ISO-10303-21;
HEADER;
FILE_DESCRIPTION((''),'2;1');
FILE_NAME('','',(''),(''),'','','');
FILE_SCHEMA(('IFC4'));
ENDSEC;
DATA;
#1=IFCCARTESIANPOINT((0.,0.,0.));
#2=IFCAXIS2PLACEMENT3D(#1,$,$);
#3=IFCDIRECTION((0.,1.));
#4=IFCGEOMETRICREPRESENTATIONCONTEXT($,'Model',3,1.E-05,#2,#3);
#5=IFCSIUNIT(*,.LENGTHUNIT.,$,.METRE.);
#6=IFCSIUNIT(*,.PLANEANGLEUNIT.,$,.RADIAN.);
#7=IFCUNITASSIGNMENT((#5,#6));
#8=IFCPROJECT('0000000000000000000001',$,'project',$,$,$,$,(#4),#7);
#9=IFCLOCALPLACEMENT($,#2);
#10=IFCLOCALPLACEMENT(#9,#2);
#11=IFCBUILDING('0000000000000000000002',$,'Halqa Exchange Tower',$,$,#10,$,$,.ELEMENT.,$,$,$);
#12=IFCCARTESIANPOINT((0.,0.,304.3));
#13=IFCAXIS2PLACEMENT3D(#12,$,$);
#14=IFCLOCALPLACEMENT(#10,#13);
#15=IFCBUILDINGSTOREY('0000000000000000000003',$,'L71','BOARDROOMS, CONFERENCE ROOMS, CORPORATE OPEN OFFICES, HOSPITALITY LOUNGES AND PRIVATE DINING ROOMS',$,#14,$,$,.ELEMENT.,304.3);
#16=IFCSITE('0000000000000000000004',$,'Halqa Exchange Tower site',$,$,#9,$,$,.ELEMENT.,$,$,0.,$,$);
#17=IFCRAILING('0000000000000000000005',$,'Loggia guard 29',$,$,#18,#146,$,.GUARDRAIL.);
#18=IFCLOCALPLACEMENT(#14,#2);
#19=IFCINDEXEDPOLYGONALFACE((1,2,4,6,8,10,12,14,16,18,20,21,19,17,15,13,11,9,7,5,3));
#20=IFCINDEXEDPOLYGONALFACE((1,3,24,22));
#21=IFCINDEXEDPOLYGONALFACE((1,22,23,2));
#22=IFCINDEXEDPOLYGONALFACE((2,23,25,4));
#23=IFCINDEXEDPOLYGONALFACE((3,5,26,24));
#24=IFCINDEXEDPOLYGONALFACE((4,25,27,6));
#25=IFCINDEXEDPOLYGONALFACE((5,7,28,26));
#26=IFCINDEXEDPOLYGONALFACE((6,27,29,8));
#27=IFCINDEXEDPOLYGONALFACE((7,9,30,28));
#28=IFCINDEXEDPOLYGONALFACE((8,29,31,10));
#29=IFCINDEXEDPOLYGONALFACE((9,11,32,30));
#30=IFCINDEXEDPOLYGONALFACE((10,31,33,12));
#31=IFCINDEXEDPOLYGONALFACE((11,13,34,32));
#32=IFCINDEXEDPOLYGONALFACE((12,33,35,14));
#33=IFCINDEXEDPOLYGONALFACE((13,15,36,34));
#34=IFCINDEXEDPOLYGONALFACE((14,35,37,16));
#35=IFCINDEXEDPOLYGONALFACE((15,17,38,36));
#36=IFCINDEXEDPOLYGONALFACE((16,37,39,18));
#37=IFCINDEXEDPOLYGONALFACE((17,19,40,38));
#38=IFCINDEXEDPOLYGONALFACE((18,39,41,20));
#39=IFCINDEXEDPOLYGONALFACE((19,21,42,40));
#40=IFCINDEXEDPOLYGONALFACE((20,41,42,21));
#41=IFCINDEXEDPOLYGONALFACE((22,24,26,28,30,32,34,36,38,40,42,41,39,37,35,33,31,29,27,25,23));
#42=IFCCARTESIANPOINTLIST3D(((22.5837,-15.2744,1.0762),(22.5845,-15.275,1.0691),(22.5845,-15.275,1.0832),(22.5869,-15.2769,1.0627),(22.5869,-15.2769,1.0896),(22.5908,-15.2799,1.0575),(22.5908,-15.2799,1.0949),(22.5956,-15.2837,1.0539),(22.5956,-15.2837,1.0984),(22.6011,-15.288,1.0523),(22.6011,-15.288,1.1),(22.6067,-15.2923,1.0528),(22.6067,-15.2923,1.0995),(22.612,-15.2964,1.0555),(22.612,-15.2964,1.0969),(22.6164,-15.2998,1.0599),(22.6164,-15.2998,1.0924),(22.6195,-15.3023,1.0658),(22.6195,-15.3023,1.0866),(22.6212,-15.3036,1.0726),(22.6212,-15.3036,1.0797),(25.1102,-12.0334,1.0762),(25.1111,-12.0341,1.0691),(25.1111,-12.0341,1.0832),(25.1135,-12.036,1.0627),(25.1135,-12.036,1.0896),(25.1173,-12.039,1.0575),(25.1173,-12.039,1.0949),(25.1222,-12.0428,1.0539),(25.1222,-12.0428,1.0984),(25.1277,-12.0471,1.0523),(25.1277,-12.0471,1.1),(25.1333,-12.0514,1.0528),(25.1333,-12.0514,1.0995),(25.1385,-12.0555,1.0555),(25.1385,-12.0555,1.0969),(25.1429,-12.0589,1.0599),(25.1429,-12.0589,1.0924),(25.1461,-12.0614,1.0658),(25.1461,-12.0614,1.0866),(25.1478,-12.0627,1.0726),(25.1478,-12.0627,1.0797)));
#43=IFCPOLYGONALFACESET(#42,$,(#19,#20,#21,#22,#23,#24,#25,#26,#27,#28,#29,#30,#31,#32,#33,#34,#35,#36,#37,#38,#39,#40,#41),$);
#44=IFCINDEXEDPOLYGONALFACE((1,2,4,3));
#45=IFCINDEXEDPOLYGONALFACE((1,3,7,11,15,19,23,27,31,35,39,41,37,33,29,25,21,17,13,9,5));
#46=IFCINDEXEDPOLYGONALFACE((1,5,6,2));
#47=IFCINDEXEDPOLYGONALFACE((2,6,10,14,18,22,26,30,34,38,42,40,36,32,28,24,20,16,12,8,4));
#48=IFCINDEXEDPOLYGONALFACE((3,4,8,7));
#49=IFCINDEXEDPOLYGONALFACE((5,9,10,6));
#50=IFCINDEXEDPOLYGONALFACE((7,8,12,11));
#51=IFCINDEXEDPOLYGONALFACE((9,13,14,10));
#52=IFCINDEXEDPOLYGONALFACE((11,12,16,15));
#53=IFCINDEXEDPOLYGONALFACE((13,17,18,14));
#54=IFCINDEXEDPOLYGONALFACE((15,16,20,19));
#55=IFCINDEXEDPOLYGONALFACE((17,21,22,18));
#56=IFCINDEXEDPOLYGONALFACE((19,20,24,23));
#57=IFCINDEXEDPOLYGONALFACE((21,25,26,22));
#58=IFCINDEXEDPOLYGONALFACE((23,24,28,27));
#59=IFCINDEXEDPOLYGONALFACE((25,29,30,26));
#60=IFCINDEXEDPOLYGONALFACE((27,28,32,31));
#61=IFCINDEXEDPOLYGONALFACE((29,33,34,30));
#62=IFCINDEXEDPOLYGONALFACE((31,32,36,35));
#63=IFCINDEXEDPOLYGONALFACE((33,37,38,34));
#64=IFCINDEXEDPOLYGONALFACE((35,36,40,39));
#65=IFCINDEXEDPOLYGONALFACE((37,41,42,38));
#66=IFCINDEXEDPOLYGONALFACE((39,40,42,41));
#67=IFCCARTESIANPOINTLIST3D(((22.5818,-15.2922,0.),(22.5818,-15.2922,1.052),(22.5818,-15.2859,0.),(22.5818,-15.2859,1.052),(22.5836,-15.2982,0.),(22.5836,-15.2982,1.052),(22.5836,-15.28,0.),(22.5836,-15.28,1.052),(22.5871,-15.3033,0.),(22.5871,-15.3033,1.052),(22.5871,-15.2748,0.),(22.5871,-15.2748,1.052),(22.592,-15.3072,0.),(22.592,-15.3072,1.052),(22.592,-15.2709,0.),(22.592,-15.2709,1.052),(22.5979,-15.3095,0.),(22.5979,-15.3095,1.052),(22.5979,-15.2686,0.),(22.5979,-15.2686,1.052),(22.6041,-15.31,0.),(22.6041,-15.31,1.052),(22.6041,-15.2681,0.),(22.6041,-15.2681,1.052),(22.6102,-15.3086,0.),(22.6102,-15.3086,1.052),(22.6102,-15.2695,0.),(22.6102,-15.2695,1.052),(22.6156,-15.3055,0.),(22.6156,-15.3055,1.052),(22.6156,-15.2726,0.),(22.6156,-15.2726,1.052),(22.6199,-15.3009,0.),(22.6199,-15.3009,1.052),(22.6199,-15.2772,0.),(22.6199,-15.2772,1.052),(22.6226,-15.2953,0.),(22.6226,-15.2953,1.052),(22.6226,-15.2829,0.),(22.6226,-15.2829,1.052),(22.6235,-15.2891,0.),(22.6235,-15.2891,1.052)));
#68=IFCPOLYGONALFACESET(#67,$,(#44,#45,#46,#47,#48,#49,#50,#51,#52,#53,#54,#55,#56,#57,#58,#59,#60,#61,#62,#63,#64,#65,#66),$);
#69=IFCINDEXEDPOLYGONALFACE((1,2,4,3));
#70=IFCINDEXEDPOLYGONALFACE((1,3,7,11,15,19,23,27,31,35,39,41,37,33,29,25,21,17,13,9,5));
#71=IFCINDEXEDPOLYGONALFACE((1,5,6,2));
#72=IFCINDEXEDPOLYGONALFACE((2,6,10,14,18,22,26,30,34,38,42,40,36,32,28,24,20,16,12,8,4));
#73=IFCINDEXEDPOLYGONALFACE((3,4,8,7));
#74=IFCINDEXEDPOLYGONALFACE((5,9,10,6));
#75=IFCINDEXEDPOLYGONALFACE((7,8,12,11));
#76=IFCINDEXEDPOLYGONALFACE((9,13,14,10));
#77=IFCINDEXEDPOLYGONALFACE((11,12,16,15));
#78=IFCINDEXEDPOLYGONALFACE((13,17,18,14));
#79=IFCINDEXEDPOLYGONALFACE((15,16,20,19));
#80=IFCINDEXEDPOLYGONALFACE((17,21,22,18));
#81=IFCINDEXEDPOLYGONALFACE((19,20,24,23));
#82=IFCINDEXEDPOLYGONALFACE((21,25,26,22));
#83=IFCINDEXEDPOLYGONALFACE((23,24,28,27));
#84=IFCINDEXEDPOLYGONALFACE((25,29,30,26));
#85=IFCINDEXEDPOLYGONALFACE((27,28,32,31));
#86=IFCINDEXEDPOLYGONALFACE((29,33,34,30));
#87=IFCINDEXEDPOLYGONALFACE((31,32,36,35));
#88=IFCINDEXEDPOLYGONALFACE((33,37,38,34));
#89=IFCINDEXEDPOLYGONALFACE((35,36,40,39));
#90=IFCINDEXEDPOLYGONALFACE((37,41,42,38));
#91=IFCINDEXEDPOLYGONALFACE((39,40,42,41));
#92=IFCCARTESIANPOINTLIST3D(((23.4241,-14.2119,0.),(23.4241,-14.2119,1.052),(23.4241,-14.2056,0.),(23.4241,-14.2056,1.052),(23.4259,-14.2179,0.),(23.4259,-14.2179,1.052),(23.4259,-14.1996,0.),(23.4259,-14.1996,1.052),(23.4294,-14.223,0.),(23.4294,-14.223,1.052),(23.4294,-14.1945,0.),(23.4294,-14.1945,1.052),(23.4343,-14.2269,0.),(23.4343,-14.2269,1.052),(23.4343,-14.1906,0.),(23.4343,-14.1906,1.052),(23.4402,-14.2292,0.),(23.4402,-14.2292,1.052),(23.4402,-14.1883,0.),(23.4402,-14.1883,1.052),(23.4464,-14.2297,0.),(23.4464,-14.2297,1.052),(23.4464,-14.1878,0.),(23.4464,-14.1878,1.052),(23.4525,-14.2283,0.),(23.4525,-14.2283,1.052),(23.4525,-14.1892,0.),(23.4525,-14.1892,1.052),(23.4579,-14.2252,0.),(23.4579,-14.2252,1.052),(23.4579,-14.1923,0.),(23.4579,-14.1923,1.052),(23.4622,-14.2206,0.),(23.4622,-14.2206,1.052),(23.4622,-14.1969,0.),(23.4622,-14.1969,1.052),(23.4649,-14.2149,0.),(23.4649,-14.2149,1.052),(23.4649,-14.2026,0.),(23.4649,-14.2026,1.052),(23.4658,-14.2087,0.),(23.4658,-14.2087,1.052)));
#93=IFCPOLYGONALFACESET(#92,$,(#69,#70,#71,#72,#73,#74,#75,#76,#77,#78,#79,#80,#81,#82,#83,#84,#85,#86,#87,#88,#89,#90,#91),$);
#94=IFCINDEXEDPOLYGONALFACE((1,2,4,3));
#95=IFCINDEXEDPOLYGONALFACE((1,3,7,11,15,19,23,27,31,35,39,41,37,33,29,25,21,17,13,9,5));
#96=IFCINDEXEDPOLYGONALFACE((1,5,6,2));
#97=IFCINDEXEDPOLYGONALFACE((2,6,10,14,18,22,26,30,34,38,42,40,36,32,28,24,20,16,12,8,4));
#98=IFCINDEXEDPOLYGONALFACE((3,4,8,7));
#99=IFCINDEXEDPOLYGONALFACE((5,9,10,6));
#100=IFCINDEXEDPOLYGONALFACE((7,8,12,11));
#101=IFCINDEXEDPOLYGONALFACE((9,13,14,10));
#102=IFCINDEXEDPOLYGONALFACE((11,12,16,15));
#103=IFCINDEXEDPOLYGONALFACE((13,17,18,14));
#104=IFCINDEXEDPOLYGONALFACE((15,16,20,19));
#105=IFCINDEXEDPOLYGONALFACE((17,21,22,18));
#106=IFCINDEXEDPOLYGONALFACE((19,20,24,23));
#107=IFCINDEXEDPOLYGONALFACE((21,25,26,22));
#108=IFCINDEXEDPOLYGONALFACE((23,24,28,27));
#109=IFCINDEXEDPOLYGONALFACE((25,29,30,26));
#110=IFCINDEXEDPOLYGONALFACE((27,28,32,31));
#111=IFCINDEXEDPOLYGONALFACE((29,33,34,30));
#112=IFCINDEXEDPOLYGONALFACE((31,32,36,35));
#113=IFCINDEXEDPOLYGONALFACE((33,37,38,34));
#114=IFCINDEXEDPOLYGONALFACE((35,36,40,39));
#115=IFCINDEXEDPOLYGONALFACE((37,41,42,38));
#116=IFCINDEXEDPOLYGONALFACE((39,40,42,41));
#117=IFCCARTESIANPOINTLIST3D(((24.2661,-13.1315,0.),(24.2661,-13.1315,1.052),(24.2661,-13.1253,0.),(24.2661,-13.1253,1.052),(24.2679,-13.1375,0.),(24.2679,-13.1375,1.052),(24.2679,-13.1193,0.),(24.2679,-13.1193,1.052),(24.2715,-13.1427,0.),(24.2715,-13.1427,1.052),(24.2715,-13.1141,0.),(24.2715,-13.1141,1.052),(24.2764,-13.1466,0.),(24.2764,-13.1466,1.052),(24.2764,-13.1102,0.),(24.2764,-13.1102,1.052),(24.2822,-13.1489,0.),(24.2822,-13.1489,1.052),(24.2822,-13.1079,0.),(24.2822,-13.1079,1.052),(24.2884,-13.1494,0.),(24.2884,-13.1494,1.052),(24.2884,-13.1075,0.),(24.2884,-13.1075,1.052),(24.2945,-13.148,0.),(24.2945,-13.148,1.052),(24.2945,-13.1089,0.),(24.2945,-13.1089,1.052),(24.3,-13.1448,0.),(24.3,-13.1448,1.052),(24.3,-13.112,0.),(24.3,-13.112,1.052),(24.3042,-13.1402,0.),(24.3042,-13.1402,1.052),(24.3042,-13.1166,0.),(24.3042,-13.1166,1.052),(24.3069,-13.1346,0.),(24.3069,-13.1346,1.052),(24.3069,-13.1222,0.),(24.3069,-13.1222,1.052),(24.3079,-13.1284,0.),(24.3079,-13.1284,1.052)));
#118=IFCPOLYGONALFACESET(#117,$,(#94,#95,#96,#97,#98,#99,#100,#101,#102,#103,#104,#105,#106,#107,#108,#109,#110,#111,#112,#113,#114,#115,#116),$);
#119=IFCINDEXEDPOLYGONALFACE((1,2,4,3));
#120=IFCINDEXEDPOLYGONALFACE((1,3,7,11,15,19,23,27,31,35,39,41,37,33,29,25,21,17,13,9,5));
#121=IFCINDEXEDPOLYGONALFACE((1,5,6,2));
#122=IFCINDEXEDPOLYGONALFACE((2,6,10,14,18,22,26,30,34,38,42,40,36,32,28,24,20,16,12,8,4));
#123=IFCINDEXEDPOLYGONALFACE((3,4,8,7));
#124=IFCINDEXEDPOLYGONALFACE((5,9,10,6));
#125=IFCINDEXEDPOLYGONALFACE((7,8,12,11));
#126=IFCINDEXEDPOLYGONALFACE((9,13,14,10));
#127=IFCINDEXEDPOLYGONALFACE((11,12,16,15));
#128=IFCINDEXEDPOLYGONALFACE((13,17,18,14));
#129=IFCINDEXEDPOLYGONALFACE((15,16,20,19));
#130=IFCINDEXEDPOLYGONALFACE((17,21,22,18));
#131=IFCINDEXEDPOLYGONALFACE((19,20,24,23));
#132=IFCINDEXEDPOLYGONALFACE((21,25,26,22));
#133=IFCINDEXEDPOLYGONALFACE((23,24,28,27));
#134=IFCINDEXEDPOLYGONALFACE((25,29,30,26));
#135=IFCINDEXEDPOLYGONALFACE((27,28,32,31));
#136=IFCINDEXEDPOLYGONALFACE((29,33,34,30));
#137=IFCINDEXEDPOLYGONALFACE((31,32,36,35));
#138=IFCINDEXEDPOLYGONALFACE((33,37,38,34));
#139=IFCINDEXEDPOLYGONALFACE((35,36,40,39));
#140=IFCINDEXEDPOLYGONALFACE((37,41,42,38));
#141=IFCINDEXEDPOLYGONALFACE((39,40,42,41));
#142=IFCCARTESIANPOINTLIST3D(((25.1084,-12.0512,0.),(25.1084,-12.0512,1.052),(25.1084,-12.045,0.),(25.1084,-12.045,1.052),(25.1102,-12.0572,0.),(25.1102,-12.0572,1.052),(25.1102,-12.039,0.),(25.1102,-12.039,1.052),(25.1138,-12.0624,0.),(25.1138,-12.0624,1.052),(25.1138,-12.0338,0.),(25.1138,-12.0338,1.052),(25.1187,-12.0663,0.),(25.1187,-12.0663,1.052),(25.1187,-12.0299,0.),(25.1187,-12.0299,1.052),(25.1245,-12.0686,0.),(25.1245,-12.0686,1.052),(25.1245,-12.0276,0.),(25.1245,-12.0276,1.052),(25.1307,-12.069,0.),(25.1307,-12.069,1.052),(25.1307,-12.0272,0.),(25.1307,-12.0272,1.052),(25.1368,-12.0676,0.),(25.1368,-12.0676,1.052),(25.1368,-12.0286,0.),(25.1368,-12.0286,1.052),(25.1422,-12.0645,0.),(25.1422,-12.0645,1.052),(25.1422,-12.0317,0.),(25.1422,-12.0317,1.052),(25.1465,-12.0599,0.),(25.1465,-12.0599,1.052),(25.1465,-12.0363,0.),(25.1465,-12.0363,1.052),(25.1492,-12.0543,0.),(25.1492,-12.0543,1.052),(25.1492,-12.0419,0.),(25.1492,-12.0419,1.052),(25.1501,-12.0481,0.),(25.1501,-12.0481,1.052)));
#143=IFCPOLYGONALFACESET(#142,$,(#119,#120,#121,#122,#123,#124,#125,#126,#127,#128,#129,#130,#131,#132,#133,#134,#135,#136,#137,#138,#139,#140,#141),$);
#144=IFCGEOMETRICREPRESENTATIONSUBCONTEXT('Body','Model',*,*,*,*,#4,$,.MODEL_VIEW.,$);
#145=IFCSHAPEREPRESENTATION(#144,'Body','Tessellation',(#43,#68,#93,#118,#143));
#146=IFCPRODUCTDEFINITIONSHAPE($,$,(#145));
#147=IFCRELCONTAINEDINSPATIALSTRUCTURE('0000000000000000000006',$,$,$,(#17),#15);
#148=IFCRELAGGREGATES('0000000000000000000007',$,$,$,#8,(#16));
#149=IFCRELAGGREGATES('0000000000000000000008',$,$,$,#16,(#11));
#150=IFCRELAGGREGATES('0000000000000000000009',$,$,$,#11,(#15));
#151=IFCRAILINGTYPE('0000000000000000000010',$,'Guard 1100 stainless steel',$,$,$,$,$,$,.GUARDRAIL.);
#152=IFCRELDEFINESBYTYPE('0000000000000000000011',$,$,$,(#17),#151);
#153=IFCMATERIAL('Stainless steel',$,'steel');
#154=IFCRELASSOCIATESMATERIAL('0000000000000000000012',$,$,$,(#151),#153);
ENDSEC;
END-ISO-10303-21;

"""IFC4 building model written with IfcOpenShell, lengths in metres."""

from ifc_helpers import new_model, si_unit, direction, frame, origin, origin_2d, place, context, subcontext, project, spatial, circle, extrude, material, type_object, element, save


model = new_model("IFC4")

# Units and contexts
model_context = context("Model", 3, precision=1e-05, world=origin(), true_north=direction((0.0, 1.0)))
body_context = subcontext(model_context, "Body", "Model", "MODEL_VIEW")
ifc_project = project(units=[si_unit("LENGTHUNIT", "METRE"), si_unit("PLANEANGLEUNIT", "RADIAN")], contexts=[model_context])

# Site, building, storey
site_placement = place(None, origin())
site = spatial("IfcSite", under=ifc_project, at=site_placement, Name="Halqa Exchange Tower site", CompositionType="ELEMENT", RefElevation=0.0)
building_placement = place(site_placement, origin())
building = spatial("IfcBuilding", under=site, at=building_placement, Name="Halqa Exchange Tower", CompositionType="ELEMENT")
storey_placement = place(building_placement, frame((0.0, 0.0, 304.3)))
storey = spatial("IfcBuildingStorey", under=building, at=storey_placement, Name="L71", Description="BOARDROOMS, CONFERENCE ROOMS, CORPORATE OPEN OFFICES, HOSPITALITY LOUNGES AND PRIVATE DINING ROOMS", CompositionType="ELEMENT", Elevation=304.3)

# Railing
ifc_material_1 = material(Name="Stainless steel", Category="steel")
railing_type = type_object("IfcRailingType", Name="Guard 1100 stainless steel", PredefinedType="GUARDRAIL", material=ifc_material_1)
railing_1_placement = place(storey_placement, frame((22.6025, -15.2891, 0.0)))
element("IfcRailing", 1, at=railing_1_placement, inside=storey, type_object=railing_type, Name="Loggia guard 29", PredefinedType="GUARDRAIL", context=body_context, shape_type="SweptSolid", body=[
    extrude(circle(Radius=0.0239, at=origin_2d()), frame((0.0, 0.0, 1.0762), z_axis=(0.614829, 0.788661, 0.0), x_axis=(-0.788661, 0.614829, 0.0)), (0.0, 0.0, 1.0), 4.1094),
    extrude(circle(Radius=0.021, at=origin_2d()), origin(), (0.0, 0.0, 1.0), 1.052),
    extrude(circle(Radius=0.021, at=origin_2d()), frame((0.8423, 1.0803, 0.0)), (0.0, 0.0, 1.0), 1.052),
    extrude(circle(Radius=0.021, at=origin_2d()), frame((1.6843, 2.1606, 0.0)), (0.0, 0.0, 1.0), 1.052),
    extrude(circle(Radius=0.021, at=origin_2d()), frame((2.5266, 3.241, 0.0)), (0.0, 0.0, 1.0), 1.052),
])

save(model, "model.ifc")
